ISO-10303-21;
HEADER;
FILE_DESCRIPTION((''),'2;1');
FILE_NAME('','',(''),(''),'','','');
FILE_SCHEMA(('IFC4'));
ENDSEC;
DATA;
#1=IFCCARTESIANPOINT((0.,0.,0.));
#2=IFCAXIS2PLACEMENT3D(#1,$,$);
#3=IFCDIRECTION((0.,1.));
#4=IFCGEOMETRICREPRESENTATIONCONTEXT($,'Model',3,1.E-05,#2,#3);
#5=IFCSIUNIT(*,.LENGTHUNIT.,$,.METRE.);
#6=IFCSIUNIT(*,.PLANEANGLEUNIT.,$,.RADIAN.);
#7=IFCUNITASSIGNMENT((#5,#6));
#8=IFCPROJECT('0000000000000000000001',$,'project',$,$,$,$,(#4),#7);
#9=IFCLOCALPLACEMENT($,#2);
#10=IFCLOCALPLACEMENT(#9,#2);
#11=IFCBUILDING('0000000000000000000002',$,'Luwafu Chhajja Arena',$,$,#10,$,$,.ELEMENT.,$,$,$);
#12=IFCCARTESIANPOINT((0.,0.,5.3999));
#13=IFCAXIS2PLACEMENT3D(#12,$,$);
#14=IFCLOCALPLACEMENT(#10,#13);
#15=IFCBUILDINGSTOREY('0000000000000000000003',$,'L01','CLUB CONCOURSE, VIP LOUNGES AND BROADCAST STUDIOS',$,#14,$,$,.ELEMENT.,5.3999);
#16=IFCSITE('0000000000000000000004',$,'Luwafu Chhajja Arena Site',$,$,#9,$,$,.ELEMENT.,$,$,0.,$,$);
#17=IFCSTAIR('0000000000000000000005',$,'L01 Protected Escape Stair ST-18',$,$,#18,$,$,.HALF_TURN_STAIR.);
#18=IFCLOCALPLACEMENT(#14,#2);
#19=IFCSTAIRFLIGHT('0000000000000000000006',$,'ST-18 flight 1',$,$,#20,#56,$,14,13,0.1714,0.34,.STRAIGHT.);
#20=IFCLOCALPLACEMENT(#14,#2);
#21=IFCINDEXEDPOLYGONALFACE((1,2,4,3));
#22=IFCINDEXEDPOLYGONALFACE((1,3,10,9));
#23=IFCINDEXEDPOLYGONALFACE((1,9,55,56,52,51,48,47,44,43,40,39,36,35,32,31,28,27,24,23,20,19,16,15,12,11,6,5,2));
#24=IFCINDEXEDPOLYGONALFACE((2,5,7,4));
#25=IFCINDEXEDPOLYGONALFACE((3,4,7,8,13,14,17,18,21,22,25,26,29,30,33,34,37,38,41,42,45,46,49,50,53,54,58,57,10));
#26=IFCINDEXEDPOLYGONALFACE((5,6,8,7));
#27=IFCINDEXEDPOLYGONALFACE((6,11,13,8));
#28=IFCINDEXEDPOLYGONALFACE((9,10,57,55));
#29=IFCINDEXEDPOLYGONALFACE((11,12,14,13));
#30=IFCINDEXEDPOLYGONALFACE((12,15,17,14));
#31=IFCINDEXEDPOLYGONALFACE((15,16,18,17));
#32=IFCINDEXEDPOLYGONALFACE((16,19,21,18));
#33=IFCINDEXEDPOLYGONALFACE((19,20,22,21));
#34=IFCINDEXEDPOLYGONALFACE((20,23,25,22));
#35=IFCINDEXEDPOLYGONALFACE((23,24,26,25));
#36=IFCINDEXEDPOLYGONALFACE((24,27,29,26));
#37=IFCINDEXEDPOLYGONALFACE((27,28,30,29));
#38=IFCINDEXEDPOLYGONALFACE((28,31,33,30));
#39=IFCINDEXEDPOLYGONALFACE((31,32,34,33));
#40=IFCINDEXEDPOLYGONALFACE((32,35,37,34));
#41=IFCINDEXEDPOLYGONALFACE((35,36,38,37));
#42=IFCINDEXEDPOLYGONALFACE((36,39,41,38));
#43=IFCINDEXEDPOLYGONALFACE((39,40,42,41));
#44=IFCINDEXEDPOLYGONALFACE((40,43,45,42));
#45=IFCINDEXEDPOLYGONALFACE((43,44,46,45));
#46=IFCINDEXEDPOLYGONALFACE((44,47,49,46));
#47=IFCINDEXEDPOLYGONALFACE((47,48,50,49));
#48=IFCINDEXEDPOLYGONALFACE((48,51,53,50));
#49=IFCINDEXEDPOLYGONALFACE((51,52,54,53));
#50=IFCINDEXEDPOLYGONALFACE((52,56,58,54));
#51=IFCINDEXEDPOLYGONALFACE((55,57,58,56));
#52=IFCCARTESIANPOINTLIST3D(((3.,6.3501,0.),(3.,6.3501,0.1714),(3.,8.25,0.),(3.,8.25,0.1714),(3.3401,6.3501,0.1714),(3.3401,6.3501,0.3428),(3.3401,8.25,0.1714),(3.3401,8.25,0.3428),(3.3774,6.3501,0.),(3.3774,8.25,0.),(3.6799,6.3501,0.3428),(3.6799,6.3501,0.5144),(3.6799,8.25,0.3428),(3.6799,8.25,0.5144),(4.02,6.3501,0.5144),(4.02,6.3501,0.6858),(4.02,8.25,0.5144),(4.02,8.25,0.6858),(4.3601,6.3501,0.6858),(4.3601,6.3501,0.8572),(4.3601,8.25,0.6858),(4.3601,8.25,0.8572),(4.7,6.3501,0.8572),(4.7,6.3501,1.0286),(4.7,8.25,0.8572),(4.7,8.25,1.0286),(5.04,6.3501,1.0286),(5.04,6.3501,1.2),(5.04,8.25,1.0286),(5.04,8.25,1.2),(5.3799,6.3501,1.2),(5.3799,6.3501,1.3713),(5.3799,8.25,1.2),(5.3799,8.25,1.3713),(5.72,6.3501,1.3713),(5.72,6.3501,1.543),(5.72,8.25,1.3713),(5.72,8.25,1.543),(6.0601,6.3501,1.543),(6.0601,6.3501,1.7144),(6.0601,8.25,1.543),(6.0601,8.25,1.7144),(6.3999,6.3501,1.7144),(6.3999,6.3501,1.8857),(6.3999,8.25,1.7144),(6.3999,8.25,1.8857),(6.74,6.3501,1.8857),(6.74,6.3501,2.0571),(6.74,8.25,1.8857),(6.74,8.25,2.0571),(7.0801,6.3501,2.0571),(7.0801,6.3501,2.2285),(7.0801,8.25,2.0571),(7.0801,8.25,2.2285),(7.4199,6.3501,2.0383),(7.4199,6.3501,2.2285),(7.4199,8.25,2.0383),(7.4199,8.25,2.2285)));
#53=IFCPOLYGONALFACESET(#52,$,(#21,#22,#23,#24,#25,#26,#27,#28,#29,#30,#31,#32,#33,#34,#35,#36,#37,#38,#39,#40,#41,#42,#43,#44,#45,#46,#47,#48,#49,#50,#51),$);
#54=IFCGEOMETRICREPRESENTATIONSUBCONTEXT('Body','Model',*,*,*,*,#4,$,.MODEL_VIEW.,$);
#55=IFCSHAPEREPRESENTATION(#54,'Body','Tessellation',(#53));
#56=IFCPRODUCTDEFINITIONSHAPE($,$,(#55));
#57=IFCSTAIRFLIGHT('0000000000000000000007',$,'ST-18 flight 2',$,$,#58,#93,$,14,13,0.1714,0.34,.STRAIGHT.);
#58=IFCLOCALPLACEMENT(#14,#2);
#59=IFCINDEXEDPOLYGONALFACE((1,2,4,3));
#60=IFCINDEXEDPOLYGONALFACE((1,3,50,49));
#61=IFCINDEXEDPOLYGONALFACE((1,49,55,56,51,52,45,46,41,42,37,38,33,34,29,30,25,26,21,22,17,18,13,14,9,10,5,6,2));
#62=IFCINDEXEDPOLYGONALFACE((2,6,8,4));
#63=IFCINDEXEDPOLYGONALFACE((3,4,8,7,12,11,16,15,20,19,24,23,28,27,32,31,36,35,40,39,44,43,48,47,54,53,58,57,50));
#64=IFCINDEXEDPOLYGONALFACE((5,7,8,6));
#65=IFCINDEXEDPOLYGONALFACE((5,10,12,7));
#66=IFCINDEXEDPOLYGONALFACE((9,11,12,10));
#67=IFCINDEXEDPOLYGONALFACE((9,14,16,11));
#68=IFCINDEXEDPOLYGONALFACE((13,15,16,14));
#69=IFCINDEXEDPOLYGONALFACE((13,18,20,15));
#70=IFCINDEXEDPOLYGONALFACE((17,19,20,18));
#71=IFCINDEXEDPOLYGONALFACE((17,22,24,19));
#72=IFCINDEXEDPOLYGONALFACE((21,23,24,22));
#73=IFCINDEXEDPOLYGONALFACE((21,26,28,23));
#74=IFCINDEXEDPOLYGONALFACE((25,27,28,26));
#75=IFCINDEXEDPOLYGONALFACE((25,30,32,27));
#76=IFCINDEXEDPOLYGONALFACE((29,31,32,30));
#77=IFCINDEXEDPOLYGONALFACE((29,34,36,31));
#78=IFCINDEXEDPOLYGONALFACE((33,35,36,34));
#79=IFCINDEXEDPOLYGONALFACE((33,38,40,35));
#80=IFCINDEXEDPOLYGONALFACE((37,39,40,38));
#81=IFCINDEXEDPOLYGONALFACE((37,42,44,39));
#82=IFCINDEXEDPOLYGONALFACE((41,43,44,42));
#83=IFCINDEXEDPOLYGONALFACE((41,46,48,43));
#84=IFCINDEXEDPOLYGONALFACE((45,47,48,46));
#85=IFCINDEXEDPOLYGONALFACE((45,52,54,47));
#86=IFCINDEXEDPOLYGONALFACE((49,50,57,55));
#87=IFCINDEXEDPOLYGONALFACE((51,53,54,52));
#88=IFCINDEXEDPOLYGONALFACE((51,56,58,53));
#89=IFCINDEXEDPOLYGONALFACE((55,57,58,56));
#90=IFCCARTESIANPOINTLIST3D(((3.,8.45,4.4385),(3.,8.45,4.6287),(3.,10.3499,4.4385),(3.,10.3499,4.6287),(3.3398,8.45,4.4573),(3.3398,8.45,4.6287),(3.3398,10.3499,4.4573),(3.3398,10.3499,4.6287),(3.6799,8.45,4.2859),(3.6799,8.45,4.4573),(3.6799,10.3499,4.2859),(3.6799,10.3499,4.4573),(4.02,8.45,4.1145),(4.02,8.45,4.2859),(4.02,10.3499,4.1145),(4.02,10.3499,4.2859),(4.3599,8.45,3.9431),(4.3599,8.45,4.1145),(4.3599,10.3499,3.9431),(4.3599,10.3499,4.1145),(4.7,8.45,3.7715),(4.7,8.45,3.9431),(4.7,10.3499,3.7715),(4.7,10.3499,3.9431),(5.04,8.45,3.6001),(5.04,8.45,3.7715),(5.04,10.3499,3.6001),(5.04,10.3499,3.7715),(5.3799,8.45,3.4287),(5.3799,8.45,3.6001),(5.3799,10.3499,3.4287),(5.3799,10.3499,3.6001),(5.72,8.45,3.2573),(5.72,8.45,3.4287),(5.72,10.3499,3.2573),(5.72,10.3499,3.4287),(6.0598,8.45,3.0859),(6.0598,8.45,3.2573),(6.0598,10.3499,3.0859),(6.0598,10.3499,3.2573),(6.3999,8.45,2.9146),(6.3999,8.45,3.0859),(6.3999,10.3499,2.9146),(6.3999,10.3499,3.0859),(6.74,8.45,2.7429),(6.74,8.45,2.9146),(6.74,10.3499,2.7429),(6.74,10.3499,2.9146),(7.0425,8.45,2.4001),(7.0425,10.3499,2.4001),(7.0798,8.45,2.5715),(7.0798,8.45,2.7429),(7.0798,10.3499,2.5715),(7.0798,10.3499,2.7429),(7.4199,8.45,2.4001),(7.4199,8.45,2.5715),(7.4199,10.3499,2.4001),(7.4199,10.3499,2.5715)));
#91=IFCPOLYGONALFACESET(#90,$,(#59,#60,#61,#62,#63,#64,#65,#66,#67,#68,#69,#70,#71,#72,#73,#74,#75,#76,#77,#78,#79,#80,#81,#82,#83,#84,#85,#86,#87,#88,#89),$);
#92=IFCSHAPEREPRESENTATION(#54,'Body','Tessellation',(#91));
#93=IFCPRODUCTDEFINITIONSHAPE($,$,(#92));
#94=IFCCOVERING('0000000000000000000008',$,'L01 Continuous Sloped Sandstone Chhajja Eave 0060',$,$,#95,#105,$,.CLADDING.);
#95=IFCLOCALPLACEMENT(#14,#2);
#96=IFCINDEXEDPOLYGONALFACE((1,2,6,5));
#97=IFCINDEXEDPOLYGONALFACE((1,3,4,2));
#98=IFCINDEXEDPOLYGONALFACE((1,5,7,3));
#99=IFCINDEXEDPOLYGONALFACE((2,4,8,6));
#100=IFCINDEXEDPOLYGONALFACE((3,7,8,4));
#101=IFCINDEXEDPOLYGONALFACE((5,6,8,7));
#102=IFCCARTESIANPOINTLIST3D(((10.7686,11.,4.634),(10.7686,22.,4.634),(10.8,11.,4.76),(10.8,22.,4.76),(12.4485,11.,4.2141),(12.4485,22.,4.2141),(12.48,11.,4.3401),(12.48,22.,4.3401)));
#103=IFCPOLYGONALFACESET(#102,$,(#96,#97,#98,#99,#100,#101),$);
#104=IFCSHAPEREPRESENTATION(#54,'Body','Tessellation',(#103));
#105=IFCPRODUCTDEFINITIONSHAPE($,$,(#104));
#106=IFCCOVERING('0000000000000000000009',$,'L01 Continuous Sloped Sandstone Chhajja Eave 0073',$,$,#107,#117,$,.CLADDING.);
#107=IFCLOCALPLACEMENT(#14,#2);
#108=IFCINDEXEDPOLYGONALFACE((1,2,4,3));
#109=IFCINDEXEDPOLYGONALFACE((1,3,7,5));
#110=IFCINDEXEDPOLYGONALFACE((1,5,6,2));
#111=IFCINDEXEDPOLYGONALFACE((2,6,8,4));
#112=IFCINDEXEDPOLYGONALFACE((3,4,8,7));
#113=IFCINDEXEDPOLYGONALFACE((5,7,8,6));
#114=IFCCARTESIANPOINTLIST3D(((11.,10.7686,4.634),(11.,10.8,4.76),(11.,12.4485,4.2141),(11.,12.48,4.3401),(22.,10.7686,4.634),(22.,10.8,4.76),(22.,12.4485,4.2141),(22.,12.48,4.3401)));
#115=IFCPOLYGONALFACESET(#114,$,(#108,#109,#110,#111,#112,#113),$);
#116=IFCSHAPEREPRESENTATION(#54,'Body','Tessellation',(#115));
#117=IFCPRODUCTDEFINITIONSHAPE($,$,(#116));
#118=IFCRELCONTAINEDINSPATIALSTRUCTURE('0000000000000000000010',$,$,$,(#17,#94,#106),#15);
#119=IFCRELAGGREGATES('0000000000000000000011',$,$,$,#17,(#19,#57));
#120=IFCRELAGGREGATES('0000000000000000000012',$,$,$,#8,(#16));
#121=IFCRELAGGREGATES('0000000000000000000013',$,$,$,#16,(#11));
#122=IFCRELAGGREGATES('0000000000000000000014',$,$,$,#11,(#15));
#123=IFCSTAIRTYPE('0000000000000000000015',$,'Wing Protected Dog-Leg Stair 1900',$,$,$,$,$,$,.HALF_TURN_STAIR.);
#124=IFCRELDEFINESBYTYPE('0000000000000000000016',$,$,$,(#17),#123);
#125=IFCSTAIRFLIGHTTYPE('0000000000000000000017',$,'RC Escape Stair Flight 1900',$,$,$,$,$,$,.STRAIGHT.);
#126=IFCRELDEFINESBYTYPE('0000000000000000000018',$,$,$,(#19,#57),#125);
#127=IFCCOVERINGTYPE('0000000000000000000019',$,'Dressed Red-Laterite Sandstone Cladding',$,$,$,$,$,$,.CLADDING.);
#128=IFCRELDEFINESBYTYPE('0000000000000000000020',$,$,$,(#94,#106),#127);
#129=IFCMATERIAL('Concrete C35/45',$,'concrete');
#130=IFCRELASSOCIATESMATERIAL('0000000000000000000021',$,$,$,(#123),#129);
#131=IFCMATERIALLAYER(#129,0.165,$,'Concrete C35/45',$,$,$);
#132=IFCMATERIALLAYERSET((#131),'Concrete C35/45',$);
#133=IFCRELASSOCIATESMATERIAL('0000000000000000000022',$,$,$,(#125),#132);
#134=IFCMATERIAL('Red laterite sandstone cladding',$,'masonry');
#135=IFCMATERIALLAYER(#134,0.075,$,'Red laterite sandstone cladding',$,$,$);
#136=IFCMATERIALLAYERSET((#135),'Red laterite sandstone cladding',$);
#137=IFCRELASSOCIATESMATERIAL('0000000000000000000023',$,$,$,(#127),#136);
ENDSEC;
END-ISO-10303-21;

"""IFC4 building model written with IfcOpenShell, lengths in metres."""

from ifc_helpers import new_model, si_unit, direction, frame, origin, place, context, subcontext, project, spatial, polyline, outline, extrude, material, layer, layer_set, type_object, element, aggregate, save


model = new_model("IFC4")

# Units and contexts
model_context = context("Model", 3, precision=1e-05, world=origin(), true_north=direction((0.0, 1.0)))
body_context = subcontext(model_context, "Body", "Model", "MODEL_VIEW")
ifc_project = project(units=[si_unit("LENGTHUNIT", "METRE"), si_unit("PLANEANGLEUNIT", "RADIAN")], contexts=[model_context])

# Site, building, storey
site_placement = place(None, origin())
site = spatial("IfcSite", under=ifc_project, at=site_placement, Name="Luwafu Chhajja Arena Site", CompositionType="ELEMENT", RefElevation=0.0)
building_placement = place(site_placement, origin())
building = spatial("IfcBuilding", under=site, at=building_placement, Name="Luwafu Chhajja Arena", CompositionType="ELEMENT")
storey_placement = place(building_placement, frame((0.0, 0.0, 5.3999)))
storey = spatial("IfcBuildingStorey", under=building, at=storey_placement, Name="L01", Description="CLUB CONCOURSE, VIP LOUNGES AND BROADCAST STUDIOS", CompositionType="ELEMENT", Elevation=5.3999)

# Stair, stair flights
ifc_material_1 = material(Name="Concrete C35/45", Category="concrete")
stair_type = type_object("IfcStairType", Name="Wing Protected Dog-Leg Stair 1900", PredefinedType="HALF_TURN_STAIR", material=ifc_material_1)
stair_placement = place(storey_placement, origin())
stair = element("IfcStair", 1, at=stair_placement, inside=storey, type_object=stair_type, Name="L01 Protected Escape Stair ST-18", PredefinedType="HALF_TURN_STAIR")
ifc_layer_1 = layer(ifc_material_1, 0.165, Name="Concrete C35/45")
ifc_layer_set_1 = layer_set([ifc_layer_1], Name="Concrete C35/45")
stair_flight_type = type_object("IfcStairFlightType", Name="RC Escape Stair Flight 1900", PredefinedType="STRAIGHT", material=ifc_layer_set_1)
stair_flight_1_placement = place(storey_placement, frame((3.0, 7.3, 0.0), z_axis=(0.0, 0.0, 1.0), x_axis=(1.0, 0.0, 0.0)))
stair_flight_1 = element("IfcStairFlight", 2, at=stair_flight_1_placement, type_object=stair_flight_type, Name="ST-18 flight 1", NumberOfRisers=14, NumberOfTreads=13, PredefinedType="STRAIGHT", RiserHeight=0.1714, TreadLength=0.34, context=body_context, shape_type="SweptSolid", body=[
    extrude(outline(polyline([(0.0, 0.0), (0.0, 0.1714), (0.3401, 0.1714), (0.3401, 0.3428), (0.6799, 0.3428), (0.6799, 0.5144), (1.02, 0.5144), (1.02, 0.6858), (1.3601, 0.6858), (1.3601, 0.8572), (1.7, 0.8572), (1.7, 1.0286), (2.04, 1.0286), (2.04, 1.2), (2.3799, 1.2), (2.3799, 1.3713), (2.72, 1.3713), (2.72, 1.543), (3.0601, 1.543), (3.0601, 1.7144), (3.3999, 1.7144), (3.3999, 1.8857), (3.74, 1.8857), (3.74, 2.0571), (4.0801, 2.0571), (4.0801, 2.2285), (4.4199, 2.2285), (4.4199, 2.3999), (4.4199, 2.0383), (0.3774, 0.0), (0.0, 0.0)])), frame((0.0, 0.95, 0.0), z_axis=(0.0, -1.0, 0.0), x_axis=(1.0, 0.0, 0.0)), (0.0, 0.0, 1.0), 1.8999),
])
stair_flight_2_placement = place(storey_placement, frame((7.4199, 9.3999, 2.4001), z_axis=(0.0, 0.0, 1.0), x_axis=(-1.0, 0.0, 0.0)))
stair_flight_2 = element("IfcStairFlight", 3, at=stair_flight_2_placement, type_object=stair_flight_type, Name="ST-18 flight 2", NumberOfRisers=14, NumberOfTreads=13, PredefinedType="STRAIGHT", RiserHeight=0.1714, TreadLength=0.34, context=body_context, shape_type="SweptSolid", body=[
    extrude(outline(polyline([(0.0, 0.0), (0.0, 0.1714), (0.3401, 0.1714), (0.3401, 0.3428), (0.6799, 0.3428), (0.6799, 0.5144), (1.02, 0.5144), (1.02, 0.6858), (1.3601, 0.6858), (1.3601, 0.8572), (1.7, 0.8572), (1.7, 1.0286), (2.04, 1.0286), (2.04, 1.2), (2.3799, 1.2), (2.3799, 1.3713), (2.72, 1.3713), (2.72, 1.543), (3.0601, 1.543), (3.0601, 1.7144), (3.3999, 1.7144), (3.3999, 1.8857), (3.74, 1.8857), (3.74, 2.0571), (4.0801, 2.0571), (4.0801, 2.2285), (4.4199, 2.2285), (4.4199, 2.3999), (4.4199, 2.0383), (0.3774, 0.0), (0.0, 0.0)])), frame((0.0, 0.95, 0.0), z_axis=(0.0, -1.0, 0.0), x_axis=(1.0, 0.0, 0.0)), (0.0, 0.0, 1.0), 1.8999),
])
aggregate(stair, [stair_flight_1, stair_flight_2])

# Coverings
ifc_material_2 = material(Name="Red laterite sandstone cladding", Category="masonry")
ifc_layer_2 = layer(ifc_material_2, 0.075, Name="Red laterite sandstone cladding")
ifc_layer_set_2 = layer_set([ifc_layer_2], Name="Red laterite sandstone cladding")
covering_type = type_object("IfcCoveringType", Name="Dressed Red-Laterite Sandstone Cladding", PredefinedType="CLADDING", material=ifc_layer_set_2)
covering_1_placement = place(storey_placement, frame((10.8, 11.0, 4.76), z_axis=(0.242502, 0.0, 0.970151), x_axis=(0.0, 1.0, 0.0)))
element("IfcCovering", 4, at=covering_1_placement, inside=storey, type_object=covering_type, Name="L01 Continuous Sloped Sandstone Chhajja Eave 0060", PredefinedType="CLADDING", context=body_context, shape_type="SweptSolid", body=[
    extrude(outline(polyline([(0.0, 0.0), (11.0, 0.0), (11.0, -1.7316), (0.0, -1.7316), (0.0, 0.0)])), origin(), (0.0, 0.0, -1.0), 0.1299),
])
covering_2_placement = place(storey_placement, frame((11.0, 10.8, 4.76), z_axis=(0.0, 0.242502, 0.970151), x_axis=(1.0, 0.0, 0.0)))
element("IfcCovering", 5, at=covering_2_placement, inside=storey, type_object=covering_type, Name="L01 Continuous Sloped Sandstone Chhajja Eave 0073", PredefinedType="CLADDING", context=body_context, shape_type="SweptSolid", body=[
    extrude(outline(polyline([(0.0, 0.0), (11.0, 0.0), (11.0, 1.7316), (0.0, 1.7316), (0.0, 0.0)])), origin(), (0.0, 0.0, -1.0), 0.1299),
])

save(model, "model.ifc")
